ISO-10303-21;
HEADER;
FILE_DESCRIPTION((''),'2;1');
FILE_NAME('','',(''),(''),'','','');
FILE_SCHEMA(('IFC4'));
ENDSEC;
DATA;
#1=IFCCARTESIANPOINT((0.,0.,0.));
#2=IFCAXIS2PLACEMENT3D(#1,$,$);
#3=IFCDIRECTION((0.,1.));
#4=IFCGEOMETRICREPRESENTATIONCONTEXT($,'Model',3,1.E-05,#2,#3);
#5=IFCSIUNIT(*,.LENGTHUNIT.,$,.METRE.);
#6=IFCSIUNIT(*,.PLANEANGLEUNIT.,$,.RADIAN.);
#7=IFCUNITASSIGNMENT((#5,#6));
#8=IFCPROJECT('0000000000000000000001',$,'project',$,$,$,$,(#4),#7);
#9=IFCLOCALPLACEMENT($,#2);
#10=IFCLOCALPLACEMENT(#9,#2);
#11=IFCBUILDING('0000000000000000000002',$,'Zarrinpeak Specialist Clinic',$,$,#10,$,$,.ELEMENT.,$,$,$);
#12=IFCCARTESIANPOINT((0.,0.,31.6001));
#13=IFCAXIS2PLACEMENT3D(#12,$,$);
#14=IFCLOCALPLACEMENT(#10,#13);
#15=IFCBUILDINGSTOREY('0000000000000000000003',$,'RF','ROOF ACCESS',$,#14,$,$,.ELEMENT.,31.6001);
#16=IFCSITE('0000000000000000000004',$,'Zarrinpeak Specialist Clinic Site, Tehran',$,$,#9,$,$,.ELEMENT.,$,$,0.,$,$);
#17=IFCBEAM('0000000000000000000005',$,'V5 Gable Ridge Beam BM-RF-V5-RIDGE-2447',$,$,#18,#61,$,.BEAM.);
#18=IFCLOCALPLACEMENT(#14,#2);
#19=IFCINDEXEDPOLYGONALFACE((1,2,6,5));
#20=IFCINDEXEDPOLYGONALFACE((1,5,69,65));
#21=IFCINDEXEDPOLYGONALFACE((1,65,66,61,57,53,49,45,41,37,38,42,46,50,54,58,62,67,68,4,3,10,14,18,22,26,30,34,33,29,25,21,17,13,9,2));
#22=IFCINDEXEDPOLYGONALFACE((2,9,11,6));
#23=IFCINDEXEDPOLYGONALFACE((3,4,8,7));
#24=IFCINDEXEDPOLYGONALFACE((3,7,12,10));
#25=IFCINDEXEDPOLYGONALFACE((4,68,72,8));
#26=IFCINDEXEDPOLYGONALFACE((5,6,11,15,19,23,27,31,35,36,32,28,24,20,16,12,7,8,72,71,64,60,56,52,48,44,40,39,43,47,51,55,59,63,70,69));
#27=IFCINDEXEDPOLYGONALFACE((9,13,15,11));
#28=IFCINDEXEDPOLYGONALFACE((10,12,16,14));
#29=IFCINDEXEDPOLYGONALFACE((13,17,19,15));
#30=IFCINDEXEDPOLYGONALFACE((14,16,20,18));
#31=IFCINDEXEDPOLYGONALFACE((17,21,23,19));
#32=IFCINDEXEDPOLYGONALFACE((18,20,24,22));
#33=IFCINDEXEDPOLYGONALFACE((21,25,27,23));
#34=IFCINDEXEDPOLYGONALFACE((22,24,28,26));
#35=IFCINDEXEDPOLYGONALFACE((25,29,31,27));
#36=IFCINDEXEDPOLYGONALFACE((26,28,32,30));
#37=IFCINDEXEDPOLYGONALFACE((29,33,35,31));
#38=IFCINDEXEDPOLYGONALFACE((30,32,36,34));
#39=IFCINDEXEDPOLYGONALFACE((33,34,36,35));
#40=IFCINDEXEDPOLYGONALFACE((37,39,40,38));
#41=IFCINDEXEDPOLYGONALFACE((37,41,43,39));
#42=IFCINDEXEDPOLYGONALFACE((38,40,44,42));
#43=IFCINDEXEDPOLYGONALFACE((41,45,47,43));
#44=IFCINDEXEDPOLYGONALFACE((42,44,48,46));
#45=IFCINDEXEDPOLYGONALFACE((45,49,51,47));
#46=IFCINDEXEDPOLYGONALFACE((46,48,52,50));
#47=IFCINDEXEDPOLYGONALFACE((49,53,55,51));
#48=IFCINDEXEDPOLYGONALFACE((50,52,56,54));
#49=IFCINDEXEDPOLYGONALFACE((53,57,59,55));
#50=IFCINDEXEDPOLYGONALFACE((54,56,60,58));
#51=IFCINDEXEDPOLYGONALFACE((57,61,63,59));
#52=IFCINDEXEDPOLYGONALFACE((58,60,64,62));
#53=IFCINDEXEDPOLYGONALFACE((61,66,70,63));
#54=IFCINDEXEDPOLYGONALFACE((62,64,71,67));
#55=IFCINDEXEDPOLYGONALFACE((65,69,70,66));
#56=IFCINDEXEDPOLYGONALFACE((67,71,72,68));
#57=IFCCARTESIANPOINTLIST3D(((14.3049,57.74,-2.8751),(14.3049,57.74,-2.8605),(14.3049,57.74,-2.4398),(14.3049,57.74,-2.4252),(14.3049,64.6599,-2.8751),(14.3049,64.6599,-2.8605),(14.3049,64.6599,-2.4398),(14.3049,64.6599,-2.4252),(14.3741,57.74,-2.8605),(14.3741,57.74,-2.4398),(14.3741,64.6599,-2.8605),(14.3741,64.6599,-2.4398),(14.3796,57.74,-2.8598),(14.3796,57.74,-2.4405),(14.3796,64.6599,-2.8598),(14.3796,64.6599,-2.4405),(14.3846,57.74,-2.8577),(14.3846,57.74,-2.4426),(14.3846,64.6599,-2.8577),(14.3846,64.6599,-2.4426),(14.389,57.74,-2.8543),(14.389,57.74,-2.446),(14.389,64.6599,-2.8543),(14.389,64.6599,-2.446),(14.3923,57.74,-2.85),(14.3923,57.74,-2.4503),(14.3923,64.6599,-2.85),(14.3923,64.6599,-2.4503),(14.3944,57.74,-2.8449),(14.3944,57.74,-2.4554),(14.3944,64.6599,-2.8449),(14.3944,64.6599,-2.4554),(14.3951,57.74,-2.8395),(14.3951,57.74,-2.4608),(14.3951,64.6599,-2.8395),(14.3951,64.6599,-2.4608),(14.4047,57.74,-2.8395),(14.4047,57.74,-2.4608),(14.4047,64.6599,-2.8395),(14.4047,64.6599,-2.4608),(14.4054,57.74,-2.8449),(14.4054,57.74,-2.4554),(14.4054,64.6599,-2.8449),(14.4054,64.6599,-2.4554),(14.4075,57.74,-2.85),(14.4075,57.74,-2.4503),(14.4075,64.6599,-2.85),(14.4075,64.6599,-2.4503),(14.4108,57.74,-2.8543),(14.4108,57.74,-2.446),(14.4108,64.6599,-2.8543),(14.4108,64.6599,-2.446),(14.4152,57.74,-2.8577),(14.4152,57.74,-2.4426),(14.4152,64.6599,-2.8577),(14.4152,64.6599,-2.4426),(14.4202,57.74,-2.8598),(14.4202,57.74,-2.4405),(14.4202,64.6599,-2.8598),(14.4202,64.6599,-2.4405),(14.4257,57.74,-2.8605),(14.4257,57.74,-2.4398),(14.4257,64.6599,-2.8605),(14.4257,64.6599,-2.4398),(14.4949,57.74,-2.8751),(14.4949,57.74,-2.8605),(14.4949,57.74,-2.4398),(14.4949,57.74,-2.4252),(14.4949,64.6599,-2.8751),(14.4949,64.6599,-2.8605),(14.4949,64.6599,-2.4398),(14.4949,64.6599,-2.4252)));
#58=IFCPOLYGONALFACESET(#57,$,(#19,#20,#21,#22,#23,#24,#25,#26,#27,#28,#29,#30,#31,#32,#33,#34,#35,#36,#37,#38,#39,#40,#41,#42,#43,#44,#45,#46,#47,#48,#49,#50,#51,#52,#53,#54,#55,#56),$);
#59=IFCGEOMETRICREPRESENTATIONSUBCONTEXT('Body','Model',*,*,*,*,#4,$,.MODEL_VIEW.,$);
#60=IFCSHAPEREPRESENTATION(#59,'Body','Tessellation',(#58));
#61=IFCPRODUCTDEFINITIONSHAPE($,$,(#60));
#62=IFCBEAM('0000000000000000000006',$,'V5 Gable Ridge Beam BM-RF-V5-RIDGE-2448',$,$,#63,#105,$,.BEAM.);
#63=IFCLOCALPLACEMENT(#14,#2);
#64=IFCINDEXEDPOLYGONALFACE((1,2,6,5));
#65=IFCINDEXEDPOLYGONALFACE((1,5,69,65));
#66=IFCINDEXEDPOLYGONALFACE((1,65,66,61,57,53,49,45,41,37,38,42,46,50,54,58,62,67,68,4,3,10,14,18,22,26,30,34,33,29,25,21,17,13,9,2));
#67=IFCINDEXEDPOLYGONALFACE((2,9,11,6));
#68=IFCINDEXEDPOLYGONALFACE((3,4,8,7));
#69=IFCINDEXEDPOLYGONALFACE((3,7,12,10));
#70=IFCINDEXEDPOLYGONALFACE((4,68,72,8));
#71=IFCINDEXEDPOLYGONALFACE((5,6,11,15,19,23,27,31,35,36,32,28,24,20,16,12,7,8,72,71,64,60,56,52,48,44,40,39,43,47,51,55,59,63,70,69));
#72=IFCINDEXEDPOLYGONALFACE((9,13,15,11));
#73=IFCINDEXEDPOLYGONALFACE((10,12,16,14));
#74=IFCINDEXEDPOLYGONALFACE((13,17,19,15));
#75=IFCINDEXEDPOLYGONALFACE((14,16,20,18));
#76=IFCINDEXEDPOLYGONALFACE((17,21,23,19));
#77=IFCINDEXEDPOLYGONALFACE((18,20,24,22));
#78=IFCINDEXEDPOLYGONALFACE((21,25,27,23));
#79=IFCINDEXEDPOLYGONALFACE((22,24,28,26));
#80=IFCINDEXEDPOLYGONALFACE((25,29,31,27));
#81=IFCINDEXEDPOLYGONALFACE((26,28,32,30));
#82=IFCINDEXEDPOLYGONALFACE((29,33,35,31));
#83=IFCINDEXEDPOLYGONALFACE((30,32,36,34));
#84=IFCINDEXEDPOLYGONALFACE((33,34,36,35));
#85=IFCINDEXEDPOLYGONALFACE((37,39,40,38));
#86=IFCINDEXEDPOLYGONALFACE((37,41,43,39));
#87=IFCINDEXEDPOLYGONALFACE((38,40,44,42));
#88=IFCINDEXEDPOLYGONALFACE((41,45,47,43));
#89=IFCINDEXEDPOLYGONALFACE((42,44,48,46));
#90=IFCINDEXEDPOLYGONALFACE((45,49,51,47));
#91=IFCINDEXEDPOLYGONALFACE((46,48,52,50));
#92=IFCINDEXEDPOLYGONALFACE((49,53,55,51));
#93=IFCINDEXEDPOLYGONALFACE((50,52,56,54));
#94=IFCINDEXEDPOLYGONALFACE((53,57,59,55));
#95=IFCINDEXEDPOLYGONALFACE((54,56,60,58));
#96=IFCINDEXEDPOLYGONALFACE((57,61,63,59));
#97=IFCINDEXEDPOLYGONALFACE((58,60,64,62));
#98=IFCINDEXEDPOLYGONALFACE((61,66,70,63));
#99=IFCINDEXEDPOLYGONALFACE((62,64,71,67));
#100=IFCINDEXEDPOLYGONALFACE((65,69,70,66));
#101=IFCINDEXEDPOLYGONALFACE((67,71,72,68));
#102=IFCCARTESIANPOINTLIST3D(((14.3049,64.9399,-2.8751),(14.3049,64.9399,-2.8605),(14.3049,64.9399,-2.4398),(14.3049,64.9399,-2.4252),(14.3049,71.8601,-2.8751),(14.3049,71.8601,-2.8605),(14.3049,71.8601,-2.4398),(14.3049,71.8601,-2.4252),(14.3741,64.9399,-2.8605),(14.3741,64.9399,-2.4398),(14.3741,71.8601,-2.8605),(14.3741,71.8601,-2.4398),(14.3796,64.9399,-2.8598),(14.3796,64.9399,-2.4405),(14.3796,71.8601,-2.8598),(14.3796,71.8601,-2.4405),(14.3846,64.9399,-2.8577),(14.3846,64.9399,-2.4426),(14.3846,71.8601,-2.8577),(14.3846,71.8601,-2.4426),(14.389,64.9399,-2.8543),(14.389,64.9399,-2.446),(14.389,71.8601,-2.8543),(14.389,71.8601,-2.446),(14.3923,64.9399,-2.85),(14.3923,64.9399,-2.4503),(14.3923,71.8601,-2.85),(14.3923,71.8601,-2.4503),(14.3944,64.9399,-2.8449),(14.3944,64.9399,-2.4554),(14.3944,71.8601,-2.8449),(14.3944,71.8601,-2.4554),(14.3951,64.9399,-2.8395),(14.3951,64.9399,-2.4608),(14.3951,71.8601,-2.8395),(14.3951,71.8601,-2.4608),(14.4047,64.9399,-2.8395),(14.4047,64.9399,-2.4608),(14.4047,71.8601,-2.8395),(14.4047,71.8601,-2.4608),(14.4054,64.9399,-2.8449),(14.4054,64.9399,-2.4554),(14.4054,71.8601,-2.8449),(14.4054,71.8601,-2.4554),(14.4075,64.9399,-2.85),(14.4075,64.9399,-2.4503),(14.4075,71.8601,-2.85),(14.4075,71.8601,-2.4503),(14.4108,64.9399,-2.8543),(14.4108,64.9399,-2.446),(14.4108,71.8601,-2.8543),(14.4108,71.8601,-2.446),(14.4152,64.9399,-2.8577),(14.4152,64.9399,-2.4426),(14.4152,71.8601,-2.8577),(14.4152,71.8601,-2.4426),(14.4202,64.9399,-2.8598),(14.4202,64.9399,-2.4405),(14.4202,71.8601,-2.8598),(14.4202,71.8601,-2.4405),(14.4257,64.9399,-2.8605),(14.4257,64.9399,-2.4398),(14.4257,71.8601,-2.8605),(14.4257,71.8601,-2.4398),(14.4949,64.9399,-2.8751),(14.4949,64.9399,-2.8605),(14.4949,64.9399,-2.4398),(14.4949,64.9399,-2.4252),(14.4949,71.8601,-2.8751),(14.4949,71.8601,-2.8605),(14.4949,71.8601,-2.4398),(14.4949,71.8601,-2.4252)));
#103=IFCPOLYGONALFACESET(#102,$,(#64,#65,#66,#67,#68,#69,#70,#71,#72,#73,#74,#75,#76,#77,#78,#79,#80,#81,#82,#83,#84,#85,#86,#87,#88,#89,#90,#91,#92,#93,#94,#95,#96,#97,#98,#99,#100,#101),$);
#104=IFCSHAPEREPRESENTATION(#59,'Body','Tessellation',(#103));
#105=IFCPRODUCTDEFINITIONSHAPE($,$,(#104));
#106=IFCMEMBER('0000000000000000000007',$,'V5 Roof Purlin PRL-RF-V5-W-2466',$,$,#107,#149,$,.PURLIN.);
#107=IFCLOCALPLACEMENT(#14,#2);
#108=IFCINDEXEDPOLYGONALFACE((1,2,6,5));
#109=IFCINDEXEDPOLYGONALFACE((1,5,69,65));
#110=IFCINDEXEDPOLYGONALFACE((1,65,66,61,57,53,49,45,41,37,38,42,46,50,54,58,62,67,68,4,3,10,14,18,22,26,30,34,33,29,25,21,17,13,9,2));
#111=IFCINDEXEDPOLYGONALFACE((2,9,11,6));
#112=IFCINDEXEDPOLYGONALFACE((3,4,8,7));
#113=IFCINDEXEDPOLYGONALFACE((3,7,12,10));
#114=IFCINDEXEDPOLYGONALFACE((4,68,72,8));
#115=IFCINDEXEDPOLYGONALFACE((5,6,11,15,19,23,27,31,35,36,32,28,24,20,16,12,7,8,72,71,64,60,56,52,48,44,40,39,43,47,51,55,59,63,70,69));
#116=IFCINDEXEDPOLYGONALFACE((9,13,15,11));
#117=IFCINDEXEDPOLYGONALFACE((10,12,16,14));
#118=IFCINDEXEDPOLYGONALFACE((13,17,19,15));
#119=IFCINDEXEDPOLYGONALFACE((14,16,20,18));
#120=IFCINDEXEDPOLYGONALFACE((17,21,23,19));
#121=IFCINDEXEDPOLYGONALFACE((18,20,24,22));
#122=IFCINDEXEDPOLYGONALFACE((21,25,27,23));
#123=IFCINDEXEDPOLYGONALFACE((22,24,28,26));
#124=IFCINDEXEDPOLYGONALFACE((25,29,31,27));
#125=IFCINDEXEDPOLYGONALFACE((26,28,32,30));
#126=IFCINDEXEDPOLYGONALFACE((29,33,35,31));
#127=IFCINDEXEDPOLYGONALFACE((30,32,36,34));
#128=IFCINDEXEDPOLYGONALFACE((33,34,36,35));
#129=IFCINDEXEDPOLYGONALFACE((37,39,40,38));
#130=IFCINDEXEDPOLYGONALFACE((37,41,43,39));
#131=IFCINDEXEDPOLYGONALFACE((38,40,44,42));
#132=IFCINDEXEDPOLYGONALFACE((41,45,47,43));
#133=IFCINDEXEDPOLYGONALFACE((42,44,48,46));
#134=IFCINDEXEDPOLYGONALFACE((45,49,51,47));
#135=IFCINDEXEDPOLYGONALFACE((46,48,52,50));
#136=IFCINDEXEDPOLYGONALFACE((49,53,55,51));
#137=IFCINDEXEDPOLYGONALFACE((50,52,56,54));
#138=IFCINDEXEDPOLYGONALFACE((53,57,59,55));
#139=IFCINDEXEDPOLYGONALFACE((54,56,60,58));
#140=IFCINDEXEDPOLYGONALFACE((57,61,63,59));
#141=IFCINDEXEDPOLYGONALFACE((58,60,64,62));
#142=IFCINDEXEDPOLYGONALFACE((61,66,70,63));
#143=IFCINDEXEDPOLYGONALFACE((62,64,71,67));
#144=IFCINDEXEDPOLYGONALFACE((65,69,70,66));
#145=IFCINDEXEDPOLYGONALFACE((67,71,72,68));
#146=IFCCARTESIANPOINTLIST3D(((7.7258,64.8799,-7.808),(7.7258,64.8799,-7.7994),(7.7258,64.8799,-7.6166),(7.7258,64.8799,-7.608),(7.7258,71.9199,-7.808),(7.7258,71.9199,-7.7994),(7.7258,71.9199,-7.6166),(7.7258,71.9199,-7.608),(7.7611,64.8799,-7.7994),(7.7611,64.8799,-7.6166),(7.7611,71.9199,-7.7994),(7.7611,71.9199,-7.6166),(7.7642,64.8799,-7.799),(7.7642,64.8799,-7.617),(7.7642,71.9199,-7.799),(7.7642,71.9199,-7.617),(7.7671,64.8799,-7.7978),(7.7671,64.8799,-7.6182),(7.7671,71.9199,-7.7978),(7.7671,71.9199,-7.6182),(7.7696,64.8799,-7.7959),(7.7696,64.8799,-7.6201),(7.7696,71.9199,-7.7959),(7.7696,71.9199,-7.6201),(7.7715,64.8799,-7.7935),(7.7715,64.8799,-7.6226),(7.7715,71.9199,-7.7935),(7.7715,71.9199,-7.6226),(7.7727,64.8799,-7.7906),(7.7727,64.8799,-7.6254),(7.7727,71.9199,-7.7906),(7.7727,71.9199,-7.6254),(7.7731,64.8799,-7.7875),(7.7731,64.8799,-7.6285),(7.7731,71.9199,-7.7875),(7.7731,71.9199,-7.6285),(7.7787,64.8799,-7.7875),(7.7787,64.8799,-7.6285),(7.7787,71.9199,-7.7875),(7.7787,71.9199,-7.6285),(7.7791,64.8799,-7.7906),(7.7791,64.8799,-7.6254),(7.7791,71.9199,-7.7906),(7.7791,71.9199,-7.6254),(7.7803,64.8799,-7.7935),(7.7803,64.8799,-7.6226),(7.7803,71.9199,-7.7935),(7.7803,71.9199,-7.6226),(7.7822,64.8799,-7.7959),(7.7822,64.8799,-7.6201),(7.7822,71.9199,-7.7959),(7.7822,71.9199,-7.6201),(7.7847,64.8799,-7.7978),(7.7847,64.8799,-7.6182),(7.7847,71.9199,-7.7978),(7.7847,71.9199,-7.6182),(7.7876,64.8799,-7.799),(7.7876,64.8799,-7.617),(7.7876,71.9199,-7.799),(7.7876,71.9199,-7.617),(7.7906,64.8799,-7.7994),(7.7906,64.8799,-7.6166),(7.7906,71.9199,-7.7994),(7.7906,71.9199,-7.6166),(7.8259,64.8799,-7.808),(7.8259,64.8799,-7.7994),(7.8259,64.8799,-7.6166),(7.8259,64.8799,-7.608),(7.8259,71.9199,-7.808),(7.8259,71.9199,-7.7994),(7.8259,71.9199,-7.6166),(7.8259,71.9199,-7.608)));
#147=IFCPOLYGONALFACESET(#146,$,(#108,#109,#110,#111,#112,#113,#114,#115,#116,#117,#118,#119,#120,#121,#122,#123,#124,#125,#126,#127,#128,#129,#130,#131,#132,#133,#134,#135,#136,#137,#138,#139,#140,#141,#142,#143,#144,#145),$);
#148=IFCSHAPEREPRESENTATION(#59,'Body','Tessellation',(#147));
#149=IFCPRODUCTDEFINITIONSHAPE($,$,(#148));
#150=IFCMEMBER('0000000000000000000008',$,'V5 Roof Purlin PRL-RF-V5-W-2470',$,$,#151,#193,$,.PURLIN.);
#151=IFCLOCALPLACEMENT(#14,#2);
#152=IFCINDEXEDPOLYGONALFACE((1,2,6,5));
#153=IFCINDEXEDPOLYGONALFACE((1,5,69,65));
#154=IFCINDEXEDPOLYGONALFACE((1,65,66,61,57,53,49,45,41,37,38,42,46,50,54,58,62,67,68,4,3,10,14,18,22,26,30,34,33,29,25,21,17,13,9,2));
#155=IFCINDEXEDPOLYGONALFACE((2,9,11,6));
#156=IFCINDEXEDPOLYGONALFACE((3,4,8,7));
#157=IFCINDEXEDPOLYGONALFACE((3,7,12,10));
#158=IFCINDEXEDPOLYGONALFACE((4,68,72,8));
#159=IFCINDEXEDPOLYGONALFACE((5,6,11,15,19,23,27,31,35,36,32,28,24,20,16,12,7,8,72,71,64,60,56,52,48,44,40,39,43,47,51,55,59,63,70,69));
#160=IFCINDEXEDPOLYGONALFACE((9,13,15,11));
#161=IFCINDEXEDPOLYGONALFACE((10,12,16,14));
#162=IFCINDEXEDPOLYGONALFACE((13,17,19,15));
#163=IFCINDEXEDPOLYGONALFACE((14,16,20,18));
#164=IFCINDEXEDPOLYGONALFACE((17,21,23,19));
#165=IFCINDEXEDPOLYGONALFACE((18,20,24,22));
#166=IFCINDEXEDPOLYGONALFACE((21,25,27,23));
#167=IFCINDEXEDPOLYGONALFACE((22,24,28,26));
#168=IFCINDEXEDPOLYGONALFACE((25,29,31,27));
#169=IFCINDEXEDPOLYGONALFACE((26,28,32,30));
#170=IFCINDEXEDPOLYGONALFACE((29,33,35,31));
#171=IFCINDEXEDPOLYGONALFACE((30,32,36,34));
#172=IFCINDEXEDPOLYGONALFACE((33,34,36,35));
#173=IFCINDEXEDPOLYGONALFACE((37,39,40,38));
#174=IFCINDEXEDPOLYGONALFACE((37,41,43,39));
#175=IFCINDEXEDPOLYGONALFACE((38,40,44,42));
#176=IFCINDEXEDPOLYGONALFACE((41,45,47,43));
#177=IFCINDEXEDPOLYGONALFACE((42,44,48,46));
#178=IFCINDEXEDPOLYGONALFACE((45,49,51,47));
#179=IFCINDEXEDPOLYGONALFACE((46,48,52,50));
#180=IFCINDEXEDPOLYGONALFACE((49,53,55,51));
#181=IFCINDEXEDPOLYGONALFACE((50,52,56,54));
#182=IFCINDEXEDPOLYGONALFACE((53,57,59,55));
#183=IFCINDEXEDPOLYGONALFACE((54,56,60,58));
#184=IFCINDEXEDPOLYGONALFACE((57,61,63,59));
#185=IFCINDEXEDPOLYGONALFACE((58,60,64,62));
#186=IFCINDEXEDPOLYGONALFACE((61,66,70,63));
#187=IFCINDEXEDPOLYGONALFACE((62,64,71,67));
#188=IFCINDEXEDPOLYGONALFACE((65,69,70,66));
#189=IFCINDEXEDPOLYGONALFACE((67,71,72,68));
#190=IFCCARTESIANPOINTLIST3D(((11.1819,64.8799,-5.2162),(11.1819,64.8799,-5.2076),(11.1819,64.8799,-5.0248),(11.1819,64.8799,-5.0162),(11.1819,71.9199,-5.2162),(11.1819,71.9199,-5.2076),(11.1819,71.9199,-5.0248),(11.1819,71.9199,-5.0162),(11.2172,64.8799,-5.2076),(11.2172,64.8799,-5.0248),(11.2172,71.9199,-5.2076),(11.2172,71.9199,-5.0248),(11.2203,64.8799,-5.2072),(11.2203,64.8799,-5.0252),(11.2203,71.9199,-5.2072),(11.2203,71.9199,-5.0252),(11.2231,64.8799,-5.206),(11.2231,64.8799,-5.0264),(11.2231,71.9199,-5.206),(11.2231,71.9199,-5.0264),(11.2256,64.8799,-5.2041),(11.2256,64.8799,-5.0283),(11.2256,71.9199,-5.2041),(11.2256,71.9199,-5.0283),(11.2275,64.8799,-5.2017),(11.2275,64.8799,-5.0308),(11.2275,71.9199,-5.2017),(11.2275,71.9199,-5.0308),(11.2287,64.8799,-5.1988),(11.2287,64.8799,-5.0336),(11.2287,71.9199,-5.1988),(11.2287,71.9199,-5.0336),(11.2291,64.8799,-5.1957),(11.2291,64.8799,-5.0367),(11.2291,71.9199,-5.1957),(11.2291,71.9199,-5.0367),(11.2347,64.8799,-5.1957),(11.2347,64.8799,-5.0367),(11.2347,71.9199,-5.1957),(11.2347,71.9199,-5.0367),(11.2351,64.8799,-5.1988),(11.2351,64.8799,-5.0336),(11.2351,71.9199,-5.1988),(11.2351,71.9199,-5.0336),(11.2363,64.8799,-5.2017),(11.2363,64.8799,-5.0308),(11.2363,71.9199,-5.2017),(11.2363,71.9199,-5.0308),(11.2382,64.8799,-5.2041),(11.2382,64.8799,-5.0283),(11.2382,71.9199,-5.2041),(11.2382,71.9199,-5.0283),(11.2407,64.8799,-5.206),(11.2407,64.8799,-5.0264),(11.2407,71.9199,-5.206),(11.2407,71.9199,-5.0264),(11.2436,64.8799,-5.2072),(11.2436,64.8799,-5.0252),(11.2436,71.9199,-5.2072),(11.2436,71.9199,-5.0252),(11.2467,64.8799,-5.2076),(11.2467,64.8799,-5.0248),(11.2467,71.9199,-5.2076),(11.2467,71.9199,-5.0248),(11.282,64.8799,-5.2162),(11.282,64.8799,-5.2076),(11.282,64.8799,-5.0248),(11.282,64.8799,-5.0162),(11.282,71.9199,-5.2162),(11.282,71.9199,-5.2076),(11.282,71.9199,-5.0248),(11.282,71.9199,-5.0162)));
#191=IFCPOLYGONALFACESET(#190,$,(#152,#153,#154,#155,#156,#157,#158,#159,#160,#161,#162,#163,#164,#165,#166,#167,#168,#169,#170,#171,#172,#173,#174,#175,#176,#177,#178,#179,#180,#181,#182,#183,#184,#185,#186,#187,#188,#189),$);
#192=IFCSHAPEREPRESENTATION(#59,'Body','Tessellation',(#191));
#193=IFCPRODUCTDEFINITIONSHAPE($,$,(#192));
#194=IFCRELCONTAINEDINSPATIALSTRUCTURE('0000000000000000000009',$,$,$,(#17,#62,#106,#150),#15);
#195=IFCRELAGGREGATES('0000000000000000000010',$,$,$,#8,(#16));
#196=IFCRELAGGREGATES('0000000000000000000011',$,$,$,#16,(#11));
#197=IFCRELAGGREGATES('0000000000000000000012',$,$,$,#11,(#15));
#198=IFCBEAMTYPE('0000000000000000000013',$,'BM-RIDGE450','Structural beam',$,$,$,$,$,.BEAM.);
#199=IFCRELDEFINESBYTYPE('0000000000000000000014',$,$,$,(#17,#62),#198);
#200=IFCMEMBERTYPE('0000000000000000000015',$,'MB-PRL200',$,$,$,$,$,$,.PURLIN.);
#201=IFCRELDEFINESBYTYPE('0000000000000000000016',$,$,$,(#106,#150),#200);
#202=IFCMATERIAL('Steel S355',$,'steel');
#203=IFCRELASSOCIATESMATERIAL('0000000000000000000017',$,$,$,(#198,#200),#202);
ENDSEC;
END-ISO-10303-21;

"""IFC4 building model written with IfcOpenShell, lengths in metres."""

from ifc_helpers import new_model, si_unit, direction, frame, origin, origin_2d, place, context, subcontext, project, spatial, i_section, extrude, material, material_profile, profile_set, type_object, element, save


model = new_model("IFC4")

# Units and contexts
model_context = context("Model", 3, precision=1e-05, world=origin(), true_north=direction((0.0, 1.0)))
body_context = subcontext(model_context, "Body", "Model", "MODEL_VIEW")
ifc_project = project(units=[si_unit("LENGTHUNIT", "METRE"), si_unit("PLANEANGLEUNIT", "RADIAN")], contexts=[model_context])

# Site, building, storey
site_placement = place(None, origin())
site = spatial("IfcSite", under=ifc_project, at=site_placement, Name="Zarrinpeak Specialist Clinic Site, Tehran", CompositionType="ELEMENT", RefElevation=0.0)
building_placement = place(site_placement, origin())
building = spatial("IfcBuilding", under=site, at=building_placement, Name="Zarrinpeak Specialist Clinic", CompositionType="ELEMENT")
storey_placement = place(building_placement, frame((0.0, 0.0, 31.6001)))
storey = spatial("IfcBuildingStorey", under=building, at=storey_placement, Name="RF", Description="ROOF ACCESS", CompositionType="ELEMENT", Elevation=31.6001)

# Shared definitions
ifc_material_1 = material(Name="Steel S355", Category="steel")

# Beams
ifc_material_profile_1 = material_profile(ifc_material_1, i_section(OverallWidth=0.1899, OverallDepth=0.45, WebThickness=0.0095, FlangeThickness=0.0146, FilletRadius=0.021, at=origin_2d()), Name="IPE 450")
ifc_profile_set_1 = profile_set([ifc_material_profile_1], Name="Steel S355")
beam_type_1 = type_object("IfcBeamType", Name="BM-RIDGE450", Description="Structural beam", PredefinedType="BEAM", material=ifc_profile_set_1)
beam_1_placement = place(storey_placement, frame((14.3999, 57.74, -2.6501), z_axis=(0.0, 1.0, 0.0), x_axis=(-1.0, 0.0, 0.0)))
element("IfcBeam", 1, at=beam_1_placement, inside=storey, type_object=beam_type_1, Name="V5 Gable Ridge Beam BM-RF-V5-RIDGE-2447", PredefinedType="BEAM", context=body_context, shape_type="SweptSolid", body=[
    extrude(i_section(OverallWidth=0.1899, OverallDepth=0.45, WebThickness=0.0095, FlangeThickness=0.0146, FilletRadius=0.021, at=origin_2d()), origin(), (0.0, 0.0, 1.0), 6.9199),
])
beam_2_placement = place(storey_placement, frame((14.3999, 64.9399, -2.6501), z_axis=(0.0, 1.0, 0.0), x_axis=(-1.0, 0.0, 0.0)))
element("IfcBeam", 2, at=beam_2_placement, inside=storey, type_object=beam_type_1, Name="V5 Gable Ridge Beam BM-RF-V5-RIDGE-2448", PredefinedType="BEAM", context=body_context, shape_type="SweptSolid", body=[
    extrude(i_section(OverallWidth=0.1899, OverallDepth=0.45, WebThickness=0.0095, FlangeThickness=0.0146, FilletRadius=0.021, at=origin_2d()), origin(), (0.0, 0.0, 1.0), 6.9202),
])

# Members
ifc_material_profile_2 = material_profile(ifc_material_1, i_section(OverallWidth=0.1001, OverallDepth=0.2, WebThickness=0.0056, FlangeThickness=0.0085, FilletRadius=0.012, at=origin_2d()), Name="IPE 200")
ifc_profile_set_2 = profile_set([ifc_material_profile_2], Name="Steel S355")
member_type_1 = type_object("IfcMemberType", Name="MB-PRL200", PredefinedType="PURLIN", material=ifc_profile_set_2)
for number, where, z_axis, x_axis, name in (
    (3, (7.7759, 64.8799, -7.708), (0.0, 1.0, 0.0), (-1.0, 0.0, 0.0), "V5 Roof Purlin PRL-RF-V5-W-2466"),
    (4, (11.2319, 64.8799, -5.1162), (0.0, 1.0, 0.0), (-1.0, 0.0, 0.0), "V5 Roof Purlin PRL-RF-V5-W-2470"),
):
    element("IfcMember", number, at=place(storey_placement, frame(where, z_axis=z_axis, x_axis=x_axis)), inside=storey, type_object=member_type_1, Name=name, PredefinedType="PURLIN", context=body_context, shape_type="SweptSolid", body=[
        extrude(i_section(OverallWidth=0.1001, OverallDepth=0.2, WebThickness=0.0056, FlangeThickness=0.0085, FilletRadius=0.012, at=origin_2d()), origin(), (0.0, 0.0, 1.0), 7.04),
    ])

save(model, "model.ifc")
